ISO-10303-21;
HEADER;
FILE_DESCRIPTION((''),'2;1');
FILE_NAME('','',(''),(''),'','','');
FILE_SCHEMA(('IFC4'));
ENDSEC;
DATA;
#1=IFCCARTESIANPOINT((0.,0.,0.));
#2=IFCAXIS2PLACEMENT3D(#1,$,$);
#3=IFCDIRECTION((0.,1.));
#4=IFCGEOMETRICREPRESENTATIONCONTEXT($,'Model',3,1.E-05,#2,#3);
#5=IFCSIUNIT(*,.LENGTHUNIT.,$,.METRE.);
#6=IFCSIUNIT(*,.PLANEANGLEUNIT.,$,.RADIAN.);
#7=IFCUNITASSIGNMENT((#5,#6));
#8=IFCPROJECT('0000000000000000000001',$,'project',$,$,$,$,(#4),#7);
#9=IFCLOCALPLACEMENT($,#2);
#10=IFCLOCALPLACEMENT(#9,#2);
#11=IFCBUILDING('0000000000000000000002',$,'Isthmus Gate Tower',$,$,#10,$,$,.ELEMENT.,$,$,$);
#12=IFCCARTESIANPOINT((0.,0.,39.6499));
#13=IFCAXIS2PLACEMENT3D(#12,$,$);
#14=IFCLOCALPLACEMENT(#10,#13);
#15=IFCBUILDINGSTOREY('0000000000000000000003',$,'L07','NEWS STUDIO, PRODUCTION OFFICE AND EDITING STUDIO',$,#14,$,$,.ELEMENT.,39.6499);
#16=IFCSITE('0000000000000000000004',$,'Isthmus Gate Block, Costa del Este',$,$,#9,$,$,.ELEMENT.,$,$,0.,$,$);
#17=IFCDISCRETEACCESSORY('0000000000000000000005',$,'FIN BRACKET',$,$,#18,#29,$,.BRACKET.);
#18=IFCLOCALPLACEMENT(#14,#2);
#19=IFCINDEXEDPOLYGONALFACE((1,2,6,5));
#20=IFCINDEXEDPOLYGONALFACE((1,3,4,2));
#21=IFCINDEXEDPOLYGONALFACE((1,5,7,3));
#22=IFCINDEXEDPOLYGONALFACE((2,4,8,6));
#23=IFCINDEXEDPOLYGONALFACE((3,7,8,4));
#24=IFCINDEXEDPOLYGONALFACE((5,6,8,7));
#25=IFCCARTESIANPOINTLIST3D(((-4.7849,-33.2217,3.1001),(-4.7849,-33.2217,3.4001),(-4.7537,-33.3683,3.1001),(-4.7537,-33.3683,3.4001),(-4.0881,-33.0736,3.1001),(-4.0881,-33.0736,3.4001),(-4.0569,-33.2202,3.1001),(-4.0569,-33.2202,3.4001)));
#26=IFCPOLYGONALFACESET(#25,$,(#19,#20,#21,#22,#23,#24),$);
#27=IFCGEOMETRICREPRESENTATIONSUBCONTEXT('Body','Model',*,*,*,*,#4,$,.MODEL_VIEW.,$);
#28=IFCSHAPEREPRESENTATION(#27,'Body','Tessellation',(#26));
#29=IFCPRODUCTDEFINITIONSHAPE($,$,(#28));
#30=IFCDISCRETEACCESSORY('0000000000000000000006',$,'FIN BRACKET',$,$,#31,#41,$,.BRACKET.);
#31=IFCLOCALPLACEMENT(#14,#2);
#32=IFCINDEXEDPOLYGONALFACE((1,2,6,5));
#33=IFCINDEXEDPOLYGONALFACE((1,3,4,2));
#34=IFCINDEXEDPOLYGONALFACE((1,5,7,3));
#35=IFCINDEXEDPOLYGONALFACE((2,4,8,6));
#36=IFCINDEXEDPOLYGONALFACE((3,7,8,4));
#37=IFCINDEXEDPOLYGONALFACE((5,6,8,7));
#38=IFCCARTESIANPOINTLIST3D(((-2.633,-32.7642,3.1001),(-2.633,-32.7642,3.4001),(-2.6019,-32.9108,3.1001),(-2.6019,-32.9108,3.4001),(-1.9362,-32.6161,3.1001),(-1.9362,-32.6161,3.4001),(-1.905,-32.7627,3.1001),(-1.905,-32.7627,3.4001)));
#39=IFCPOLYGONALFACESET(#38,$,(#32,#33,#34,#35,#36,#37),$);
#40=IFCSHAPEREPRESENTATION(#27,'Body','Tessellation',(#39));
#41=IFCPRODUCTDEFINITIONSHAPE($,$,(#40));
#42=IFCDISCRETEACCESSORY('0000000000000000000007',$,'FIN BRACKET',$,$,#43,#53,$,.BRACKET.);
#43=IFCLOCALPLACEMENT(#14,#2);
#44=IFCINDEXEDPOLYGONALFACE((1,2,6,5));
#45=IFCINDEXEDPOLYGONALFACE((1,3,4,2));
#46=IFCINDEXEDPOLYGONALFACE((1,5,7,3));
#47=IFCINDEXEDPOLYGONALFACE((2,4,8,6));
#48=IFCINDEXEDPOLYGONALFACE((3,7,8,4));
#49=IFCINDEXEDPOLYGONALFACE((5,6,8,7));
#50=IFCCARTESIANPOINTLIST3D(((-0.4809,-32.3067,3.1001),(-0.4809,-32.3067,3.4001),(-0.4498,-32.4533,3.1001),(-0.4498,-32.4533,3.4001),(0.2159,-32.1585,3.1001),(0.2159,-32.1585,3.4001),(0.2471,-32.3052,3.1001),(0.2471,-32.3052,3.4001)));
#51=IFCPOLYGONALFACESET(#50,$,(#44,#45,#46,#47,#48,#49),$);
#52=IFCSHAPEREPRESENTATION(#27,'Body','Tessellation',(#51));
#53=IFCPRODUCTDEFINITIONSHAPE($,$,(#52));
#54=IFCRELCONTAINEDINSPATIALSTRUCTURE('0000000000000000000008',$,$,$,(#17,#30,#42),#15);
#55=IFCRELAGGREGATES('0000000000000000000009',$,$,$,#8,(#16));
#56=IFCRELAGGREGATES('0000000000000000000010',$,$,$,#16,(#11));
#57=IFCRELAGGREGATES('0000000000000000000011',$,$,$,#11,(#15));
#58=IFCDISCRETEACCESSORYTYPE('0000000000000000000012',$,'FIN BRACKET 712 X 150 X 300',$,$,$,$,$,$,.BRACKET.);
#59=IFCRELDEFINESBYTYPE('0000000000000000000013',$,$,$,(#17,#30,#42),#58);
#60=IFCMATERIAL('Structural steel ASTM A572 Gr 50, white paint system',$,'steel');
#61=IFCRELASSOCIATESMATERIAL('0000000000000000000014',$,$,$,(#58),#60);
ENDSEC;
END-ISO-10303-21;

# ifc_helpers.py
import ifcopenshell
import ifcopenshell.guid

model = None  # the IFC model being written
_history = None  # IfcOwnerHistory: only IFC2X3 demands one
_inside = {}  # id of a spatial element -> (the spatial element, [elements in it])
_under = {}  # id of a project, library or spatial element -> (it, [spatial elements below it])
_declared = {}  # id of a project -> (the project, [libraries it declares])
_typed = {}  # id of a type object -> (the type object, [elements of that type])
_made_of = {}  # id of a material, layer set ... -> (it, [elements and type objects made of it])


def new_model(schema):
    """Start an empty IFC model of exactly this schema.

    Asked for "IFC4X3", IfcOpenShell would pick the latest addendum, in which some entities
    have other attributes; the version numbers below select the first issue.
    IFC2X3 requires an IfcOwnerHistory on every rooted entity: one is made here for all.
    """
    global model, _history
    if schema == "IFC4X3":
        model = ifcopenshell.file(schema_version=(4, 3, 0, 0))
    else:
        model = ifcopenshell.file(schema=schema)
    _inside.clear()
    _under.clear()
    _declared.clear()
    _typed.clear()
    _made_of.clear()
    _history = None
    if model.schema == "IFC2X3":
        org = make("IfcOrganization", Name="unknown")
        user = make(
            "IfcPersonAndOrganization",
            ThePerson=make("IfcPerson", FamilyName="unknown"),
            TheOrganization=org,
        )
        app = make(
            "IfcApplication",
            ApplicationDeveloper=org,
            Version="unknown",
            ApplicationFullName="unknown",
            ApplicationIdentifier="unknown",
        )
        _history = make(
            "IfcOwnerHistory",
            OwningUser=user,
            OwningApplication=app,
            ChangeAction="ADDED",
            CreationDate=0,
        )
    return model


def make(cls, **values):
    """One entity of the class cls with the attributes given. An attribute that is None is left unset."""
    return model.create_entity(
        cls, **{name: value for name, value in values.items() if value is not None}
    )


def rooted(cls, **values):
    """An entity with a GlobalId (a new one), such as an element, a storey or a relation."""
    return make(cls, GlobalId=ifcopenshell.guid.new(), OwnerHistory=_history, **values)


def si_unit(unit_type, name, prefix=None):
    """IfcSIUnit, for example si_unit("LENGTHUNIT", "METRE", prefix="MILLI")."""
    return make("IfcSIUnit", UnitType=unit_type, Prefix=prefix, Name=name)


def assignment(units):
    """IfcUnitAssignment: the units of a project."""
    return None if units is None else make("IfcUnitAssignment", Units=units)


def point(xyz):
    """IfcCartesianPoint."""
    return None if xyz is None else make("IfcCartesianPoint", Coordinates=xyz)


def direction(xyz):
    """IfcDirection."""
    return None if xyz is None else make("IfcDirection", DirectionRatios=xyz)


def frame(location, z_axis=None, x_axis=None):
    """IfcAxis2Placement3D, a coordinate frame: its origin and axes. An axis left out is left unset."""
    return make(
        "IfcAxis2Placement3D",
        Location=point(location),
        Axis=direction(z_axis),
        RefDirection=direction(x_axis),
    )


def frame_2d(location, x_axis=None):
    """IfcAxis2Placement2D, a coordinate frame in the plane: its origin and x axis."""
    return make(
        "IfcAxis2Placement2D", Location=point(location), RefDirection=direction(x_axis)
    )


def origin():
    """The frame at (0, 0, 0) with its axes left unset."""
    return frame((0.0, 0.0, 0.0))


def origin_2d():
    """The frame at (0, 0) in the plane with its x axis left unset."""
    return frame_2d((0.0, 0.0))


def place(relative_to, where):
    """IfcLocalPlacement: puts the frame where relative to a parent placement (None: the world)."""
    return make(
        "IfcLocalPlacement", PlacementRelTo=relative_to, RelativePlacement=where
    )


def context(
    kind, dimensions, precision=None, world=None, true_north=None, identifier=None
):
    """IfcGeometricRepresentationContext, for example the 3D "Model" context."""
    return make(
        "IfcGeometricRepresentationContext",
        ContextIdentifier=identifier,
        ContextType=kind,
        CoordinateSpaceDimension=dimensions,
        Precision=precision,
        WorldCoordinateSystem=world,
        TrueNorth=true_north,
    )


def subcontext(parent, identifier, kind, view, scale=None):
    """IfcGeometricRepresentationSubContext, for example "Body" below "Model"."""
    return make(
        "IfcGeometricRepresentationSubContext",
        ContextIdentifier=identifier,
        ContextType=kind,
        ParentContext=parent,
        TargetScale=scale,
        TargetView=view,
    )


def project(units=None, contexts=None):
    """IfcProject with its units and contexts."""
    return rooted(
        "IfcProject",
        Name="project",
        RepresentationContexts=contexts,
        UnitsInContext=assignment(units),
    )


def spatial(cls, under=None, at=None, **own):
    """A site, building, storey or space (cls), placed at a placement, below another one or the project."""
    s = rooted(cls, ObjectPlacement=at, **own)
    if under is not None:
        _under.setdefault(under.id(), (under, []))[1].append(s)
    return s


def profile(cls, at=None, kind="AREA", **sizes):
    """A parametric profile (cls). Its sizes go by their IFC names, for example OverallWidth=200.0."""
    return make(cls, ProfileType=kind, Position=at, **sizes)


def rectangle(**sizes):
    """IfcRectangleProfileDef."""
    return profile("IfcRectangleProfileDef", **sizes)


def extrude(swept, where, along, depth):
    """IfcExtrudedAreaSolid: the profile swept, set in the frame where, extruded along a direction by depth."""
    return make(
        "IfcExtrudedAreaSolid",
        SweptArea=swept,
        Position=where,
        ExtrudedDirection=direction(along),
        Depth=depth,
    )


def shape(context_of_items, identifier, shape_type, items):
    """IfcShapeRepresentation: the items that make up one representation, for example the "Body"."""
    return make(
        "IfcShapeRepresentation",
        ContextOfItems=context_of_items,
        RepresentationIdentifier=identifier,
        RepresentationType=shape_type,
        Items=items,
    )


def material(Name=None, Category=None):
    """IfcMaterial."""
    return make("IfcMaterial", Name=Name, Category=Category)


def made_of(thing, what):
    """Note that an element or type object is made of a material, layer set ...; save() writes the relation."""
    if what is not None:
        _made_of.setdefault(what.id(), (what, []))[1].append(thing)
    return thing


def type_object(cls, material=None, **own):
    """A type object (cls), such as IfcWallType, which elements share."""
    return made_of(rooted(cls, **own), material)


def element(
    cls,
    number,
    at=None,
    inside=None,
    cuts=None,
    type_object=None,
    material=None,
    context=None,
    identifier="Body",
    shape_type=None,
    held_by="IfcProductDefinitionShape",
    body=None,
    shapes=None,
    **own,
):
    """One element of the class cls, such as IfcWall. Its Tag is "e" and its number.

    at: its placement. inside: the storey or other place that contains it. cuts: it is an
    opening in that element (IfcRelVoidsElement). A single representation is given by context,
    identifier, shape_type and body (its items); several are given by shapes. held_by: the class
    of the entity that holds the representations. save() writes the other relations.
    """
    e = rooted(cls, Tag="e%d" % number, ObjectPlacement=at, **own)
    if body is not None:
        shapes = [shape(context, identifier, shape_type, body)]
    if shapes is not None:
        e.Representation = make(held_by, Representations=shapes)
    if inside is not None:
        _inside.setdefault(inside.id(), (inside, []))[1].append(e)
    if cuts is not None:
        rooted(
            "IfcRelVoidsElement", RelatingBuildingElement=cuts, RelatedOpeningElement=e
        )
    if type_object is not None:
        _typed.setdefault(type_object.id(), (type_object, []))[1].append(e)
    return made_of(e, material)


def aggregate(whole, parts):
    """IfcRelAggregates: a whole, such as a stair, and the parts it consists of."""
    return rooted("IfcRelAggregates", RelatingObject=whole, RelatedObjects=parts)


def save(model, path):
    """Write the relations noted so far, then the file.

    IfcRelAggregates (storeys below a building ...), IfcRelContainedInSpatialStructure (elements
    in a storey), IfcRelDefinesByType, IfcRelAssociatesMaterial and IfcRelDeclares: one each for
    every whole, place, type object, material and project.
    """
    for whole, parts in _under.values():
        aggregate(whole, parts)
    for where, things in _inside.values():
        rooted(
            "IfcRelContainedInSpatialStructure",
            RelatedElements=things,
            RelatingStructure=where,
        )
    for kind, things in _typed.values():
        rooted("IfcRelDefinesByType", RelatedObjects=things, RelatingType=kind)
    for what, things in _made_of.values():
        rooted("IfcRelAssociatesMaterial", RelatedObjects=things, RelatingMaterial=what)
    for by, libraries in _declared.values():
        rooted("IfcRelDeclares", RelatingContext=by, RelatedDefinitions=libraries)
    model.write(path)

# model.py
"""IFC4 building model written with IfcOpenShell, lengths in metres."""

from ifc_helpers import new_model, si_unit, direction, frame, origin, origin_2d, place, context, subcontext, project, spatial, rectangle, extrude, material, type_object, element, save


model = new_model("IFC4")

# Units and contexts
model_context = context("Model", 3, precision=1e-05, world=origin(), true_north=direction((0.0, 1.0)))
body_context = subcontext(model_context, "Body", "Model", "MODEL_VIEW")
ifc_project = project(units=[si_unit("LENGTHUNIT", "METRE"), si_unit("PLANEANGLEUNIT", "RADIAN")], contexts=[model_context])

# Site, building, storey
site_placement = place(None, origin())
site = spatial("IfcSite", under=ifc_project, at=site_placement, Name="Isthmus Gate Block, Costa del Este", CompositionType="ELEMENT", RefElevation=0.0)
building_placement = place(site_placement, origin())
building = spatial("IfcBuilding", under=site, at=building_placement, Name="Isthmus Gate Tower", CompositionType="ELEMENT")
storey_placement = place(building_placement, frame((0.0, 0.0, 39.6499)))
storey = spatial("IfcBuildingStorey", under=building, at=storey_placement, Name="L07", Description="NEWS STUDIO, PRODUCTION OFFICE AND EDITING STUDIO", CompositionType="ELEMENT", Elevation=39.6499)

# Discrete accessories
ifc_material_1 = material(Name="Structural steel ASTM A572 Gr 50, white paint system", Category="steel")
discrete_accessory_type = type_object("IfcDiscreteAccessoryType", Name="FIN BRACKET 712 X 150 X 300", PredefinedType="BRACKET", material=ifc_material_1)
for number, where, z_axis, x_axis, name in (
    (1, (-4.4209, -33.2209, 3.1001), (0.0, 0.0, 1.0), (0.207912, -0.978148, 0.0), "FIN BRACKET"),
    (2, (-2.269, -32.7634, 3.1001), (0.0, 0.0, 1.0), (0.207912, -0.978148, 0.0), "FIN BRACKET"),
    (3, (-0.1169, -32.3059, 3.1001), (0.0, 0.0, 1.0), (0.207912, -0.978148, 0.0), "FIN BRACKET"),
):
    element("IfcDiscreteAccessory", number, at=place(storey_placement, frame(where, z_axis=z_axis, x_axis=x_axis)), inside=storey, type_object=discrete_accessory_type, Name=name, PredefinedType="BRACKET", context=body_context, shape_type="SweptSolid", body=[
        extrude(rectangle(XDim=0.1499, YDim=0.7124, at=origin_2d()), origin(), (0.0, 0.0, 1.0), 0.3),
    ])

save(model, "model.ifc")
